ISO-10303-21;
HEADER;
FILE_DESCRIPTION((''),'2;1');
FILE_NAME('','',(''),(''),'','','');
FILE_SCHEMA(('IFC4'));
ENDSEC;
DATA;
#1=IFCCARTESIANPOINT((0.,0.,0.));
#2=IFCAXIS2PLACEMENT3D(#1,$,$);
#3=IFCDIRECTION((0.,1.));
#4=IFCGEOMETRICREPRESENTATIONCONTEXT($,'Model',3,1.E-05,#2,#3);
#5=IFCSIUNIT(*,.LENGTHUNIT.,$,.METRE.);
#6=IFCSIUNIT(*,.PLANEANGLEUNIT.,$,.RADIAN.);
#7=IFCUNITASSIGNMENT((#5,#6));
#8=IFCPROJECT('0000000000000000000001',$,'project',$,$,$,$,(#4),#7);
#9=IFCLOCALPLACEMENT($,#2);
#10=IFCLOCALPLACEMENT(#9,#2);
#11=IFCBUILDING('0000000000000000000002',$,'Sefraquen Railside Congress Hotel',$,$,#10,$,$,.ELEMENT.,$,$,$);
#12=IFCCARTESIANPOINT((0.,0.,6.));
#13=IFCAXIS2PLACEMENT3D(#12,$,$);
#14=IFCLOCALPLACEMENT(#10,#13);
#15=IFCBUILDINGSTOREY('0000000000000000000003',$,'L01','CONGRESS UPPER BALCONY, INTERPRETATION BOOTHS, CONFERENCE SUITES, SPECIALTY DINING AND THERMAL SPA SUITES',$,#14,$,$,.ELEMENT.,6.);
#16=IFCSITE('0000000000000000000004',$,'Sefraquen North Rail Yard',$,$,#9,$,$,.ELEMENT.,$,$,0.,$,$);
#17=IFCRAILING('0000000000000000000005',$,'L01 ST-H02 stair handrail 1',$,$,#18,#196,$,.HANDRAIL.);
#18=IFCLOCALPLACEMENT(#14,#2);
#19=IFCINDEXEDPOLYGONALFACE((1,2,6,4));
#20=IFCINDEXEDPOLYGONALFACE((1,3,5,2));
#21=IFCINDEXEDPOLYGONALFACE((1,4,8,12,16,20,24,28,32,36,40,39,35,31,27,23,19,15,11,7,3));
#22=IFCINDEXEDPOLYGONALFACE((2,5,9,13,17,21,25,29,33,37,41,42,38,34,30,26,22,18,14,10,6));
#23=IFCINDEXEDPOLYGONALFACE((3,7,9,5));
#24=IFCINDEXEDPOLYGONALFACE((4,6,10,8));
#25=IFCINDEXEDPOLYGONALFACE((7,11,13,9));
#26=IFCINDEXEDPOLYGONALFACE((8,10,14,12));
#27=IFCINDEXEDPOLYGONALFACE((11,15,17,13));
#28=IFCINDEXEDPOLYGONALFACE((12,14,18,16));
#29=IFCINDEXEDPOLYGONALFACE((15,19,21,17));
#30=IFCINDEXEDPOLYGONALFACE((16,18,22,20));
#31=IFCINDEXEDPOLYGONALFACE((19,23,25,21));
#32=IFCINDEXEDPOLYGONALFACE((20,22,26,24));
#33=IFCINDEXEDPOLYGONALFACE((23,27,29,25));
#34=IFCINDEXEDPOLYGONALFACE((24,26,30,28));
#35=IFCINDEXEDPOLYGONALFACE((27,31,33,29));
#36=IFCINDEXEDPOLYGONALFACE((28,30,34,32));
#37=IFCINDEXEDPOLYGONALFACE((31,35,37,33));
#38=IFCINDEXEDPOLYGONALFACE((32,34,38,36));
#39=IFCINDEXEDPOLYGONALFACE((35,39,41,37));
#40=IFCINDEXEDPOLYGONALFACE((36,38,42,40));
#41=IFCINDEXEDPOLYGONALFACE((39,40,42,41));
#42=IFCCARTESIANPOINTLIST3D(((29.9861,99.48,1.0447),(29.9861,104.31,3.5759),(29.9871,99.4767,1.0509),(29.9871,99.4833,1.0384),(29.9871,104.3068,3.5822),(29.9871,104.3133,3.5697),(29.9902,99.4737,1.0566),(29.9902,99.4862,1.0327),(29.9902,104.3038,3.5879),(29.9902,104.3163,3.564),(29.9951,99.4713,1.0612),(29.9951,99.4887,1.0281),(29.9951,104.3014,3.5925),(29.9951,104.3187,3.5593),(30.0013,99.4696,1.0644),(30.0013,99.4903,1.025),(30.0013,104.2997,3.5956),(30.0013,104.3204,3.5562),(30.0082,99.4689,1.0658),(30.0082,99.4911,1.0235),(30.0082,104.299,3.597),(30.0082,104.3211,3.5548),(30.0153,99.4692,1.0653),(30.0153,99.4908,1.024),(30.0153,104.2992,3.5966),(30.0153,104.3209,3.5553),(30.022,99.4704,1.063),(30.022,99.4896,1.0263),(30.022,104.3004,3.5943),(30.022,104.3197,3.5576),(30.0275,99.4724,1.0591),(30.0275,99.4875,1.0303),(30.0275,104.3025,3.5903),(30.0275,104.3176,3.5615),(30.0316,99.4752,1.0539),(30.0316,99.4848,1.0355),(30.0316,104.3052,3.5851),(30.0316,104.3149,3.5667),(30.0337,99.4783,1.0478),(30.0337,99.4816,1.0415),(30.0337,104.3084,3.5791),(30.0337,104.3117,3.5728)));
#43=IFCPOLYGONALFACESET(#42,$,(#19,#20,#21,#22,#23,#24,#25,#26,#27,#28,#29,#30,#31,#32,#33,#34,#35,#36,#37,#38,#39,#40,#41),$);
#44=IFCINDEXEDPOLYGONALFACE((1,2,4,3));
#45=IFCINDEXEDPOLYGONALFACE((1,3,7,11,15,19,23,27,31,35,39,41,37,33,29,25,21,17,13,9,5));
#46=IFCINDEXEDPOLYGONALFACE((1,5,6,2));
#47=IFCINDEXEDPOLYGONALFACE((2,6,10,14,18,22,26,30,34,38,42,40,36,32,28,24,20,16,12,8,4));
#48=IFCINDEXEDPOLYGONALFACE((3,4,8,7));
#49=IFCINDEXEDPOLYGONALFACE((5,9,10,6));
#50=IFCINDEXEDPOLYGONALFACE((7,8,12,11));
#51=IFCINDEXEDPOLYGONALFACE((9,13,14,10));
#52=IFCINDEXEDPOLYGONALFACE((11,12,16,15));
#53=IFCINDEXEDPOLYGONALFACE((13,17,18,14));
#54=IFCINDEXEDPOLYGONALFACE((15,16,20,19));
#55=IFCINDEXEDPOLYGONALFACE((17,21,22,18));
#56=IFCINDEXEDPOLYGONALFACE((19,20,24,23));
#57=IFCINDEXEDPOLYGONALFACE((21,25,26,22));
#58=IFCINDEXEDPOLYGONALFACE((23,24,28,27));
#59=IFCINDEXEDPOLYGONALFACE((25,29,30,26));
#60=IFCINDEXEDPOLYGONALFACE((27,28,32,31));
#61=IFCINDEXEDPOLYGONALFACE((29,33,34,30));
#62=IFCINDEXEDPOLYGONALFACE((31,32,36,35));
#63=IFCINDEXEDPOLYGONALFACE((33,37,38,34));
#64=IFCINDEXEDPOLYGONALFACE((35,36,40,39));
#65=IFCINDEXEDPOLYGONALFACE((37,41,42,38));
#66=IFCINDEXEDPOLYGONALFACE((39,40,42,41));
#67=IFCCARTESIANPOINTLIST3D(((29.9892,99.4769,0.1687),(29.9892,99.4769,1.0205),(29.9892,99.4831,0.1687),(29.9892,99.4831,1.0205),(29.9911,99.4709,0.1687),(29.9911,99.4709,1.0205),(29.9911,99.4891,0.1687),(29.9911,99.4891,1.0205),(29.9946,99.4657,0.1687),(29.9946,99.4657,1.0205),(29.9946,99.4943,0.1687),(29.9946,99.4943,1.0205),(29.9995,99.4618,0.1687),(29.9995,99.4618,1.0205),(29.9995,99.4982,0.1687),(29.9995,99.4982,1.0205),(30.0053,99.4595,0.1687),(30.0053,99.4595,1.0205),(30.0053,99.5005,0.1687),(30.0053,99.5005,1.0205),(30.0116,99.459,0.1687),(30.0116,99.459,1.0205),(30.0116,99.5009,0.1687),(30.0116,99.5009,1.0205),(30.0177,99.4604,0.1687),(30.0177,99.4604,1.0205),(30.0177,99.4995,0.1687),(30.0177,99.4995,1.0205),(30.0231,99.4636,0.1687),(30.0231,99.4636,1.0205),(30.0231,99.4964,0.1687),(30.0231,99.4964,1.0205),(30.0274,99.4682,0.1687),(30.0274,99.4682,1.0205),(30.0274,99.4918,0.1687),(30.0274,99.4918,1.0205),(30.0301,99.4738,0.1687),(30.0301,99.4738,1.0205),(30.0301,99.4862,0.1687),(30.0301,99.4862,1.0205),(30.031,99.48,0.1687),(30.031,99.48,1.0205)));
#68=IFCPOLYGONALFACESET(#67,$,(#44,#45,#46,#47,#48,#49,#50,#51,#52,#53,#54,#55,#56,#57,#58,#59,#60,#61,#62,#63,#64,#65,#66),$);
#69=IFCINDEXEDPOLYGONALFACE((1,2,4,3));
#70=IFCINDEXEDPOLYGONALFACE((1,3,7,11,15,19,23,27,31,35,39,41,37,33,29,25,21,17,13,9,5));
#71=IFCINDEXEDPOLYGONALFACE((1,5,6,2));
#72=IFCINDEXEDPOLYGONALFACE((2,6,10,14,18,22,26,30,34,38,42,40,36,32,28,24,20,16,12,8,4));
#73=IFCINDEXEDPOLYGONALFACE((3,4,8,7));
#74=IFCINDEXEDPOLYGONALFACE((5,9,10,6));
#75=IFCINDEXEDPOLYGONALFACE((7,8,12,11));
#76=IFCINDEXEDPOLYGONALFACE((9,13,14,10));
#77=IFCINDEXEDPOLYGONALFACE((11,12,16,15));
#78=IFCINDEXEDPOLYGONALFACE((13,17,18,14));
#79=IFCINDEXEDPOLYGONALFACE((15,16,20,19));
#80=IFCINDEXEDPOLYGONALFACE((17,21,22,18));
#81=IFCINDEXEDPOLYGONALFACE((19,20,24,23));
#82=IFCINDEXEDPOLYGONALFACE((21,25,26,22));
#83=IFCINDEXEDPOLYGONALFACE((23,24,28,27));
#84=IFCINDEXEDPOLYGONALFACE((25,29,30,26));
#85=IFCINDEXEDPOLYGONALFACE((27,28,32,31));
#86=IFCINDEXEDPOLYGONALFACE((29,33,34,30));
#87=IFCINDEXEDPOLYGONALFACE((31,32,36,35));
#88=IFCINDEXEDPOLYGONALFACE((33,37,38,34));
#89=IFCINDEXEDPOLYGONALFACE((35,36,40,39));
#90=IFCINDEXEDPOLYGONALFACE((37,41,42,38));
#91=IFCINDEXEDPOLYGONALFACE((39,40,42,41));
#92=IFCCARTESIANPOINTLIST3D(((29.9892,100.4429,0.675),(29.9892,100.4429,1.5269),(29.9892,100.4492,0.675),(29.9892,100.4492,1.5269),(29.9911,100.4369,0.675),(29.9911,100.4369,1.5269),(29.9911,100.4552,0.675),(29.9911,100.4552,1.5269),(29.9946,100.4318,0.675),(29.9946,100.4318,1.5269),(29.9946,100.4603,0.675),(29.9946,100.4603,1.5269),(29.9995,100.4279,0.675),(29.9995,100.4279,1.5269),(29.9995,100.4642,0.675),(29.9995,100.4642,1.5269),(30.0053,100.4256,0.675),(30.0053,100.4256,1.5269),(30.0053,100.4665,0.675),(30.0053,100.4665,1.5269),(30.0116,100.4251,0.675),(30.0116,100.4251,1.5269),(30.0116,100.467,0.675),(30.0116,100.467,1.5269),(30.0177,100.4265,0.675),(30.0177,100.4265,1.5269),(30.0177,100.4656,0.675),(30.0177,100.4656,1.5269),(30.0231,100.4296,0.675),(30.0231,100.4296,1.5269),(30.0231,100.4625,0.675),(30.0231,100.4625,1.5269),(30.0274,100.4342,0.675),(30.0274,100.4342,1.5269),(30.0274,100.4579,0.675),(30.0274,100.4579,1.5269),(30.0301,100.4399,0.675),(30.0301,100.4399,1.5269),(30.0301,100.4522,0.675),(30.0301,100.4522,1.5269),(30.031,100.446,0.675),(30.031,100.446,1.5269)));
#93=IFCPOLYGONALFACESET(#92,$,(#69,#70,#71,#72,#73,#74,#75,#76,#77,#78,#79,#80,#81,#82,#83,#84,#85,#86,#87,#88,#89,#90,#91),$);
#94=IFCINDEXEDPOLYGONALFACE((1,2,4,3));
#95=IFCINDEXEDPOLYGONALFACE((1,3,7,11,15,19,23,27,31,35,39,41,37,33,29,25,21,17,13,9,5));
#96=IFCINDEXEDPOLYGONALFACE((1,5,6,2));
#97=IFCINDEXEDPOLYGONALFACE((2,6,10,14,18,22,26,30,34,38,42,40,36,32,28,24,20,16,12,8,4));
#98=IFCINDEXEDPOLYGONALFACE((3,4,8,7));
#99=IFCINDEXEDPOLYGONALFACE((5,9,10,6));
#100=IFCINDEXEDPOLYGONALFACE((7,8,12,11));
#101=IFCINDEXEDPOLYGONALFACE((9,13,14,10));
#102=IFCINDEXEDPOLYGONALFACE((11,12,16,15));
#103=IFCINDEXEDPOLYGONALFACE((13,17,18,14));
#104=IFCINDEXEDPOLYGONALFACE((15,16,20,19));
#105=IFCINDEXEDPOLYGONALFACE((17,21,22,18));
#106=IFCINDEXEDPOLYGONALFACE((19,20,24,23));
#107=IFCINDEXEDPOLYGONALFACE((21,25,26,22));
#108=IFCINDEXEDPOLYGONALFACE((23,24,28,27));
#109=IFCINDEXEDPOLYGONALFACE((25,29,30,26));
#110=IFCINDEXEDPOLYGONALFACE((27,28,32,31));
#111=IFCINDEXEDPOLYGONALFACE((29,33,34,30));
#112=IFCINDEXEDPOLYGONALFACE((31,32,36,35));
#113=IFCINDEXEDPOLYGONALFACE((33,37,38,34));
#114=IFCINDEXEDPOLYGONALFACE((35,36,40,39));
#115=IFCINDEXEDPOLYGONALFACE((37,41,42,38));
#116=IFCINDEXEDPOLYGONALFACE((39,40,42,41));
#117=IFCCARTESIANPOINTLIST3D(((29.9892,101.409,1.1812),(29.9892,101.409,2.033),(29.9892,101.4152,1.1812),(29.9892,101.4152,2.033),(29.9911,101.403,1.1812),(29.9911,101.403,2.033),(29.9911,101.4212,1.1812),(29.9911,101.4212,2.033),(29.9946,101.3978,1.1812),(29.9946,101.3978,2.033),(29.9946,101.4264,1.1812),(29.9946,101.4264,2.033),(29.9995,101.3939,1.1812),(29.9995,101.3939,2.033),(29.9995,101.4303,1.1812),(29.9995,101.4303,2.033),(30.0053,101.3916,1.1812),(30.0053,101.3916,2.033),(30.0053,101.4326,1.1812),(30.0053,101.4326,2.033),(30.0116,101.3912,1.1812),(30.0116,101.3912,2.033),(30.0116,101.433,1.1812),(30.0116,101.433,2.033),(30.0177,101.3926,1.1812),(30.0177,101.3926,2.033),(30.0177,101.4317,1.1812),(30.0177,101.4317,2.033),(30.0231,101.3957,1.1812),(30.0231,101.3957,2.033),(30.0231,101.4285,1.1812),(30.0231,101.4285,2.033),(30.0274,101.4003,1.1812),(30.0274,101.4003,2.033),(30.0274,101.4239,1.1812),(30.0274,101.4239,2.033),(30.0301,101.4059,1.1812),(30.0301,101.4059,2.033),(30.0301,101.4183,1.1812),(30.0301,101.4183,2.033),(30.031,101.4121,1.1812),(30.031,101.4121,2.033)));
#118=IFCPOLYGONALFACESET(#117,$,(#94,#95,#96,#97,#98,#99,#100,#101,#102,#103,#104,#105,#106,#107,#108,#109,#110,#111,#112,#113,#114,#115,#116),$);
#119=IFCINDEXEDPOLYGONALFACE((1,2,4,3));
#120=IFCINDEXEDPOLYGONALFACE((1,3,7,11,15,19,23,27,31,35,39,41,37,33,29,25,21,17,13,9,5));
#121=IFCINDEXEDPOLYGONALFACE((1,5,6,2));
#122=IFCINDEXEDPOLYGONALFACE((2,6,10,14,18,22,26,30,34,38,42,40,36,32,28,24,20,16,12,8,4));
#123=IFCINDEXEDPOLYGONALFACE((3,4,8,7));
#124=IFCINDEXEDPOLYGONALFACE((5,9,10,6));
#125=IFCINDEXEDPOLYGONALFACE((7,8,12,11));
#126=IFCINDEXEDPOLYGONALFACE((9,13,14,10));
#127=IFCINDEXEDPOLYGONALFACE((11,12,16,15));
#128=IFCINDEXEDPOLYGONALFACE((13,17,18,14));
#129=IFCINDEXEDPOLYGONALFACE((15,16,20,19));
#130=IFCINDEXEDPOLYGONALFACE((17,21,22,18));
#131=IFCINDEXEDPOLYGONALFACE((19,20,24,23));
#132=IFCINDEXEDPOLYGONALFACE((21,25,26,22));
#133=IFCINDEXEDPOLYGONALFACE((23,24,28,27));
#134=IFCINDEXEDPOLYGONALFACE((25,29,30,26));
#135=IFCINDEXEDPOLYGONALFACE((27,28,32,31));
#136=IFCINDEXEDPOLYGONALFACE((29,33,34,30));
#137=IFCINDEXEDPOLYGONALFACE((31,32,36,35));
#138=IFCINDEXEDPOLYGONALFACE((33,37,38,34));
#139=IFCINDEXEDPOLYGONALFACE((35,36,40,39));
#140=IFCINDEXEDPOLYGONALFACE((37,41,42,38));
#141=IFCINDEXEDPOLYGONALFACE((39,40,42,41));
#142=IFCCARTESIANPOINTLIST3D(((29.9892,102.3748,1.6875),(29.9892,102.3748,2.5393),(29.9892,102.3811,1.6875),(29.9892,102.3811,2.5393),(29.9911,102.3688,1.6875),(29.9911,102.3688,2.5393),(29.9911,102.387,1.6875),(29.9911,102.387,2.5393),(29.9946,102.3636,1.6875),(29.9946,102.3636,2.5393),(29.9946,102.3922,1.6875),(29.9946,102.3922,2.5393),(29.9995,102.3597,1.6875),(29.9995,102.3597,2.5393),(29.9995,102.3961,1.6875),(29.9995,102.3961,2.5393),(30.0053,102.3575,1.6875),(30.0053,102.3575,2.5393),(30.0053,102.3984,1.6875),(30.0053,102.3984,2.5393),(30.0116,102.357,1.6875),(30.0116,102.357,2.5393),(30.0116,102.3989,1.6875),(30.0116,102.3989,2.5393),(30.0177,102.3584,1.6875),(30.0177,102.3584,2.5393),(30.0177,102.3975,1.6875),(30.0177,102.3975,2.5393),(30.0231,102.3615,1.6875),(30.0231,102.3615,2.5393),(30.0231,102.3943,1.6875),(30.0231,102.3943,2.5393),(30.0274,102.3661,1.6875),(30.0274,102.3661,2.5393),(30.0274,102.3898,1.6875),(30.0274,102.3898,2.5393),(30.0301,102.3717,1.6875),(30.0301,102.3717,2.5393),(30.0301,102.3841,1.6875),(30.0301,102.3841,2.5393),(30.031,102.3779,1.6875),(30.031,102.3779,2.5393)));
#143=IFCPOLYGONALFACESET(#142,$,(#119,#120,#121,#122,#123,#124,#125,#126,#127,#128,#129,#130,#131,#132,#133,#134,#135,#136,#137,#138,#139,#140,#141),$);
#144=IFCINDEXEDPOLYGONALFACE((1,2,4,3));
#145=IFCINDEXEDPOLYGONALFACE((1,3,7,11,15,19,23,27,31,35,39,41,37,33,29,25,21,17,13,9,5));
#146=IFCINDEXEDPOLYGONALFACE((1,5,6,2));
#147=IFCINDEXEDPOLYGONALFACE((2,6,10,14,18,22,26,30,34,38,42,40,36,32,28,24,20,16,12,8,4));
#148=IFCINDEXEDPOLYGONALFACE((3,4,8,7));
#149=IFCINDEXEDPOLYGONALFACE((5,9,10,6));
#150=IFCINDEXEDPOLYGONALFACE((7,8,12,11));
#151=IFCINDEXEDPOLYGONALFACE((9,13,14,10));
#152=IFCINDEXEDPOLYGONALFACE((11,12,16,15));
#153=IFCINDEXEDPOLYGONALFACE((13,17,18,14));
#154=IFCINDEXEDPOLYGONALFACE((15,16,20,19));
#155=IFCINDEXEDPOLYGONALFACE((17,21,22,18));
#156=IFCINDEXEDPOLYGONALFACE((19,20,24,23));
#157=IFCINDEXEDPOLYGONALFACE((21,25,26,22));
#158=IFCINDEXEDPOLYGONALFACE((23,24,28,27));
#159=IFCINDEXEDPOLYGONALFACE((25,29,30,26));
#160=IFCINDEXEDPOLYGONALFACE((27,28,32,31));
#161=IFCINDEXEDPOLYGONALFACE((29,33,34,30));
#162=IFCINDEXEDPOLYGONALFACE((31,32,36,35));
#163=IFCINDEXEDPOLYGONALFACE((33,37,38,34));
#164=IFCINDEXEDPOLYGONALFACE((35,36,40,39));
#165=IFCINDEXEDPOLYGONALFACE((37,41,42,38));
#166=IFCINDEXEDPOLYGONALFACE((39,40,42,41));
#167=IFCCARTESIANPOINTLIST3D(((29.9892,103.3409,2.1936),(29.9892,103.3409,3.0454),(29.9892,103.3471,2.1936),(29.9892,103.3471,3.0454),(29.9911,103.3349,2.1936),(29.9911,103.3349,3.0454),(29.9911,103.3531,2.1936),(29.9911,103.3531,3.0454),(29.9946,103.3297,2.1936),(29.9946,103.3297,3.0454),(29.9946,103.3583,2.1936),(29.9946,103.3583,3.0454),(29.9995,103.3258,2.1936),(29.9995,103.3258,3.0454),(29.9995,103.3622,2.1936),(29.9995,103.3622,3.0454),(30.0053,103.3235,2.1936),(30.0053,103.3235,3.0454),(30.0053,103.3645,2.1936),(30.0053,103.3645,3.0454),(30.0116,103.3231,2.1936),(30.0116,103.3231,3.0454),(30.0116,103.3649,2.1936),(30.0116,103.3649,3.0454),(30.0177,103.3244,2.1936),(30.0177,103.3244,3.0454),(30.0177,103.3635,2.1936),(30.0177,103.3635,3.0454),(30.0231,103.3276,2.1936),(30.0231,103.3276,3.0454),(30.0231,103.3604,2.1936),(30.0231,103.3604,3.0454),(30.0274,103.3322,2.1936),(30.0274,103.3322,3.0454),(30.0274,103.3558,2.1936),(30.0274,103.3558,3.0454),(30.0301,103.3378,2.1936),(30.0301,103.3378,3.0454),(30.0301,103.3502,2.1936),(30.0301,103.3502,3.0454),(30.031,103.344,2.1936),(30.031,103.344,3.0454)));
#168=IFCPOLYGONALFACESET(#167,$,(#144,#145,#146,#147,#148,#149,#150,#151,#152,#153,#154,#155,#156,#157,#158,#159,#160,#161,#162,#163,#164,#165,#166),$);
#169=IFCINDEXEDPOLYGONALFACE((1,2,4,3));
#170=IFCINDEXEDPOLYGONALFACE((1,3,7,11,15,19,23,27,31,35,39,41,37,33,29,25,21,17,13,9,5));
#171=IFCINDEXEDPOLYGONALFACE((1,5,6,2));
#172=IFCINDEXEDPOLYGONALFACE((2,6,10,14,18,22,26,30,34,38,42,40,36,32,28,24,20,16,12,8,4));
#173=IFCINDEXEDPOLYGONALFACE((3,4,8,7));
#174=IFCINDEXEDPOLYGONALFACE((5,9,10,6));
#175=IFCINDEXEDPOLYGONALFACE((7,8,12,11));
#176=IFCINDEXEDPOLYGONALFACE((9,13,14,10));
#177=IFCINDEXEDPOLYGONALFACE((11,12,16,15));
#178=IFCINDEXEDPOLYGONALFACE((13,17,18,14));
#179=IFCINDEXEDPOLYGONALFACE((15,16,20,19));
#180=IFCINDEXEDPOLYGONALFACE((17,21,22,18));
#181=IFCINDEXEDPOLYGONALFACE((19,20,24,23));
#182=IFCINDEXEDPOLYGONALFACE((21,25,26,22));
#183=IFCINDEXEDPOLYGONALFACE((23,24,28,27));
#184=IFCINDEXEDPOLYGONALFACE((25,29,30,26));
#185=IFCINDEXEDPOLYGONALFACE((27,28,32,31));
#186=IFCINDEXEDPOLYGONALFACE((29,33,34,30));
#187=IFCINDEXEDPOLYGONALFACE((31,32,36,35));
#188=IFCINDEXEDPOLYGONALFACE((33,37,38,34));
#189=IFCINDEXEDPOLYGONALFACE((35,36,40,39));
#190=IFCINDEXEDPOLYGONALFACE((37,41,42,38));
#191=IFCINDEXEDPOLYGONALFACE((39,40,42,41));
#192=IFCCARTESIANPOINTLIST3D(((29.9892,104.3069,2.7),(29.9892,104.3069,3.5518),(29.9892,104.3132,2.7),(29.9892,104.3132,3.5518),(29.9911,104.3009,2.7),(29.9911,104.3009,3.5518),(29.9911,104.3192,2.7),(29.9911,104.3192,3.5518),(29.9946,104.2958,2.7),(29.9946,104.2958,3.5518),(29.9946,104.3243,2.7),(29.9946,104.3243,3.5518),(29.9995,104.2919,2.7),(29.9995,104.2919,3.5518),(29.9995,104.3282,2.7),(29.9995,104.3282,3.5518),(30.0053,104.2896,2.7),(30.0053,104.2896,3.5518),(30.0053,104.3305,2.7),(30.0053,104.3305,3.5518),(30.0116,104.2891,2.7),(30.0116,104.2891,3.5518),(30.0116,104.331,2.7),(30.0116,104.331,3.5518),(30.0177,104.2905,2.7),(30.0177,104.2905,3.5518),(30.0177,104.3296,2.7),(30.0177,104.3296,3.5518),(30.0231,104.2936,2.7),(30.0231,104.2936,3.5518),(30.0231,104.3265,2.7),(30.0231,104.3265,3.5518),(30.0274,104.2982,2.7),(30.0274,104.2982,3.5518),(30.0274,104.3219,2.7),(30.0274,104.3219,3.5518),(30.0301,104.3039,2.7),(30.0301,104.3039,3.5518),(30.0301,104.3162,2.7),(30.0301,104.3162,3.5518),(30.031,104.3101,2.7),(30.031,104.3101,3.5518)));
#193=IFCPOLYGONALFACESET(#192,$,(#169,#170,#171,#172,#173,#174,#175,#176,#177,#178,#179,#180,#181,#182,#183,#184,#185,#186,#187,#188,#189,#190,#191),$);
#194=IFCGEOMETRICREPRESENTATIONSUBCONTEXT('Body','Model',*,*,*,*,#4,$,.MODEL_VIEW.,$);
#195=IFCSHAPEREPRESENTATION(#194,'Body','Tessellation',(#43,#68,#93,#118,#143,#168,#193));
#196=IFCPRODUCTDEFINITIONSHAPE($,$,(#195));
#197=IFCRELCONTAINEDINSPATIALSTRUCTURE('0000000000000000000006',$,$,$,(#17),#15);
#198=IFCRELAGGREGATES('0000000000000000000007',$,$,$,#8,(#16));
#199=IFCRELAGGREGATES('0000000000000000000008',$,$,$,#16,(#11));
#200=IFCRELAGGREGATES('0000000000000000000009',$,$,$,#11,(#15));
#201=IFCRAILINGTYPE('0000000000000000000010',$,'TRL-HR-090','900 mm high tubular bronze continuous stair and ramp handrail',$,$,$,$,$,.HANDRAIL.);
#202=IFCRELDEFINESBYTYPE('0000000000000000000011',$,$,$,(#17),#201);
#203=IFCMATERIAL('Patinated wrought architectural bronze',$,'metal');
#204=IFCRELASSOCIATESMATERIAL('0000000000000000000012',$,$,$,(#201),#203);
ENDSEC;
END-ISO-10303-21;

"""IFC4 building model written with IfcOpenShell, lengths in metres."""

from ifc_helpers import new_model, si_unit, direction, frame, origin, origin_2d, place, context, subcontext, project, spatial, circle, extrude, material, type_object, element, save


model = new_model("IFC4")

# Units and contexts
model_context = context("Model", 3, precision=1e-05, world=origin(), true_north=direction((0.0, 1.0)))
body_context = subcontext(model_context, "Body", "Model", "MODEL_VIEW")
ifc_project = project(units=[si_unit("LENGTHUNIT", "METRE"), si_unit("PLANEANGLEUNIT", "RADIAN")], contexts=[model_context])

# Site, building, storey
site_placement = place(None, origin())
site = spatial("IfcSite", under=ifc_project, at=site_placement, Name="Sefraquen North Rail Yard", CompositionType="ELEMENT", RefElevation=0.0)
building_placement = place(site_placement, origin())
building = spatial("IfcBuilding", under=site, at=building_placement, Name="Sefraquen Railside Congress Hotel", CompositionType="ELEMENT")
storey_placement = place(building_placement, frame((0.0, 0.0, 6.0)))
storey = spatial("IfcBuildingStorey", under=building, at=storey_placement, Name="L01", Description="CONGRESS UPPER BALCONY, INTERPRETATION BOOTHS, CONFERENCE SUITES, SPECIALTY DINING AND THERMAL SPA SUITES", CompositionType="ELEMENT", Elevation=6.0)

# Railing
ifc_material_1 = material(Name="Patinated wrought architectural bronze", Category="metal")
railing_type_1 = type_object("IfcRailingType", Name="TRL-HR-090", Description="900 mm high tubular bronze continuous stair and ramp handrail", PredefinedType="HANDRAIL", material=ifc_material_1)
railing_1_placement = place(storey_placement, frame((30.01, 99.48, 0.1687)))
element("IfcRailing", 1, at=railing_1_placement, inside=storey, type_object=railing_type_1, Name="L01 ST-H02 stair handrail 1", PredefinedType="HANDRAIL", context=body_context, shape_type="SweptSolid", body=[
    extrude(circle(Radius=0.0239, at=origin_2d()), frame((0.0, 0.0, 0.876), z_axis=(0.0, 0.88574, 0.464181), x_axis=(-1.0, 0.0, 0.0)), (0.0, 0.0, 1.0), 5.4531),
    extrude(circle(Radius=0.021, at=origin_2d()), origin(), (0.0, 0.0, 1.0), 0.8518),
    extrude(circle(Radius=0.021, at=origin_2d()), frame((0.0, 0.9661, 0.5063)), (0.0, 0.0, 1.0), 0.8518),
    extrude(circle(Radius=0.021, at=origin_2d()), frame((0.0, 1.9321, 1.0125)), (0.0, 0.0, 1.0), 0.8518),
    extrude(circle(Radius=0.021, at=origin_2d()), frame((0.0, 2.8979, 1.5188)), (0.0, 0.0, 1.0), 0.8518),
    extrude(circle(Radius=0.021, at=origin_2d()), frame((0.0, 3.864, 2.0249)), (0.0, 0.0, 1.0), 0.8518),
    extrude(circle(Radius=0.021, at=origin_2d()), frame((0.0, 4.8301, 2.5312)), (0.0, 0.0, 1.0), 0.8518),
])

save(model, "model.ifc")
